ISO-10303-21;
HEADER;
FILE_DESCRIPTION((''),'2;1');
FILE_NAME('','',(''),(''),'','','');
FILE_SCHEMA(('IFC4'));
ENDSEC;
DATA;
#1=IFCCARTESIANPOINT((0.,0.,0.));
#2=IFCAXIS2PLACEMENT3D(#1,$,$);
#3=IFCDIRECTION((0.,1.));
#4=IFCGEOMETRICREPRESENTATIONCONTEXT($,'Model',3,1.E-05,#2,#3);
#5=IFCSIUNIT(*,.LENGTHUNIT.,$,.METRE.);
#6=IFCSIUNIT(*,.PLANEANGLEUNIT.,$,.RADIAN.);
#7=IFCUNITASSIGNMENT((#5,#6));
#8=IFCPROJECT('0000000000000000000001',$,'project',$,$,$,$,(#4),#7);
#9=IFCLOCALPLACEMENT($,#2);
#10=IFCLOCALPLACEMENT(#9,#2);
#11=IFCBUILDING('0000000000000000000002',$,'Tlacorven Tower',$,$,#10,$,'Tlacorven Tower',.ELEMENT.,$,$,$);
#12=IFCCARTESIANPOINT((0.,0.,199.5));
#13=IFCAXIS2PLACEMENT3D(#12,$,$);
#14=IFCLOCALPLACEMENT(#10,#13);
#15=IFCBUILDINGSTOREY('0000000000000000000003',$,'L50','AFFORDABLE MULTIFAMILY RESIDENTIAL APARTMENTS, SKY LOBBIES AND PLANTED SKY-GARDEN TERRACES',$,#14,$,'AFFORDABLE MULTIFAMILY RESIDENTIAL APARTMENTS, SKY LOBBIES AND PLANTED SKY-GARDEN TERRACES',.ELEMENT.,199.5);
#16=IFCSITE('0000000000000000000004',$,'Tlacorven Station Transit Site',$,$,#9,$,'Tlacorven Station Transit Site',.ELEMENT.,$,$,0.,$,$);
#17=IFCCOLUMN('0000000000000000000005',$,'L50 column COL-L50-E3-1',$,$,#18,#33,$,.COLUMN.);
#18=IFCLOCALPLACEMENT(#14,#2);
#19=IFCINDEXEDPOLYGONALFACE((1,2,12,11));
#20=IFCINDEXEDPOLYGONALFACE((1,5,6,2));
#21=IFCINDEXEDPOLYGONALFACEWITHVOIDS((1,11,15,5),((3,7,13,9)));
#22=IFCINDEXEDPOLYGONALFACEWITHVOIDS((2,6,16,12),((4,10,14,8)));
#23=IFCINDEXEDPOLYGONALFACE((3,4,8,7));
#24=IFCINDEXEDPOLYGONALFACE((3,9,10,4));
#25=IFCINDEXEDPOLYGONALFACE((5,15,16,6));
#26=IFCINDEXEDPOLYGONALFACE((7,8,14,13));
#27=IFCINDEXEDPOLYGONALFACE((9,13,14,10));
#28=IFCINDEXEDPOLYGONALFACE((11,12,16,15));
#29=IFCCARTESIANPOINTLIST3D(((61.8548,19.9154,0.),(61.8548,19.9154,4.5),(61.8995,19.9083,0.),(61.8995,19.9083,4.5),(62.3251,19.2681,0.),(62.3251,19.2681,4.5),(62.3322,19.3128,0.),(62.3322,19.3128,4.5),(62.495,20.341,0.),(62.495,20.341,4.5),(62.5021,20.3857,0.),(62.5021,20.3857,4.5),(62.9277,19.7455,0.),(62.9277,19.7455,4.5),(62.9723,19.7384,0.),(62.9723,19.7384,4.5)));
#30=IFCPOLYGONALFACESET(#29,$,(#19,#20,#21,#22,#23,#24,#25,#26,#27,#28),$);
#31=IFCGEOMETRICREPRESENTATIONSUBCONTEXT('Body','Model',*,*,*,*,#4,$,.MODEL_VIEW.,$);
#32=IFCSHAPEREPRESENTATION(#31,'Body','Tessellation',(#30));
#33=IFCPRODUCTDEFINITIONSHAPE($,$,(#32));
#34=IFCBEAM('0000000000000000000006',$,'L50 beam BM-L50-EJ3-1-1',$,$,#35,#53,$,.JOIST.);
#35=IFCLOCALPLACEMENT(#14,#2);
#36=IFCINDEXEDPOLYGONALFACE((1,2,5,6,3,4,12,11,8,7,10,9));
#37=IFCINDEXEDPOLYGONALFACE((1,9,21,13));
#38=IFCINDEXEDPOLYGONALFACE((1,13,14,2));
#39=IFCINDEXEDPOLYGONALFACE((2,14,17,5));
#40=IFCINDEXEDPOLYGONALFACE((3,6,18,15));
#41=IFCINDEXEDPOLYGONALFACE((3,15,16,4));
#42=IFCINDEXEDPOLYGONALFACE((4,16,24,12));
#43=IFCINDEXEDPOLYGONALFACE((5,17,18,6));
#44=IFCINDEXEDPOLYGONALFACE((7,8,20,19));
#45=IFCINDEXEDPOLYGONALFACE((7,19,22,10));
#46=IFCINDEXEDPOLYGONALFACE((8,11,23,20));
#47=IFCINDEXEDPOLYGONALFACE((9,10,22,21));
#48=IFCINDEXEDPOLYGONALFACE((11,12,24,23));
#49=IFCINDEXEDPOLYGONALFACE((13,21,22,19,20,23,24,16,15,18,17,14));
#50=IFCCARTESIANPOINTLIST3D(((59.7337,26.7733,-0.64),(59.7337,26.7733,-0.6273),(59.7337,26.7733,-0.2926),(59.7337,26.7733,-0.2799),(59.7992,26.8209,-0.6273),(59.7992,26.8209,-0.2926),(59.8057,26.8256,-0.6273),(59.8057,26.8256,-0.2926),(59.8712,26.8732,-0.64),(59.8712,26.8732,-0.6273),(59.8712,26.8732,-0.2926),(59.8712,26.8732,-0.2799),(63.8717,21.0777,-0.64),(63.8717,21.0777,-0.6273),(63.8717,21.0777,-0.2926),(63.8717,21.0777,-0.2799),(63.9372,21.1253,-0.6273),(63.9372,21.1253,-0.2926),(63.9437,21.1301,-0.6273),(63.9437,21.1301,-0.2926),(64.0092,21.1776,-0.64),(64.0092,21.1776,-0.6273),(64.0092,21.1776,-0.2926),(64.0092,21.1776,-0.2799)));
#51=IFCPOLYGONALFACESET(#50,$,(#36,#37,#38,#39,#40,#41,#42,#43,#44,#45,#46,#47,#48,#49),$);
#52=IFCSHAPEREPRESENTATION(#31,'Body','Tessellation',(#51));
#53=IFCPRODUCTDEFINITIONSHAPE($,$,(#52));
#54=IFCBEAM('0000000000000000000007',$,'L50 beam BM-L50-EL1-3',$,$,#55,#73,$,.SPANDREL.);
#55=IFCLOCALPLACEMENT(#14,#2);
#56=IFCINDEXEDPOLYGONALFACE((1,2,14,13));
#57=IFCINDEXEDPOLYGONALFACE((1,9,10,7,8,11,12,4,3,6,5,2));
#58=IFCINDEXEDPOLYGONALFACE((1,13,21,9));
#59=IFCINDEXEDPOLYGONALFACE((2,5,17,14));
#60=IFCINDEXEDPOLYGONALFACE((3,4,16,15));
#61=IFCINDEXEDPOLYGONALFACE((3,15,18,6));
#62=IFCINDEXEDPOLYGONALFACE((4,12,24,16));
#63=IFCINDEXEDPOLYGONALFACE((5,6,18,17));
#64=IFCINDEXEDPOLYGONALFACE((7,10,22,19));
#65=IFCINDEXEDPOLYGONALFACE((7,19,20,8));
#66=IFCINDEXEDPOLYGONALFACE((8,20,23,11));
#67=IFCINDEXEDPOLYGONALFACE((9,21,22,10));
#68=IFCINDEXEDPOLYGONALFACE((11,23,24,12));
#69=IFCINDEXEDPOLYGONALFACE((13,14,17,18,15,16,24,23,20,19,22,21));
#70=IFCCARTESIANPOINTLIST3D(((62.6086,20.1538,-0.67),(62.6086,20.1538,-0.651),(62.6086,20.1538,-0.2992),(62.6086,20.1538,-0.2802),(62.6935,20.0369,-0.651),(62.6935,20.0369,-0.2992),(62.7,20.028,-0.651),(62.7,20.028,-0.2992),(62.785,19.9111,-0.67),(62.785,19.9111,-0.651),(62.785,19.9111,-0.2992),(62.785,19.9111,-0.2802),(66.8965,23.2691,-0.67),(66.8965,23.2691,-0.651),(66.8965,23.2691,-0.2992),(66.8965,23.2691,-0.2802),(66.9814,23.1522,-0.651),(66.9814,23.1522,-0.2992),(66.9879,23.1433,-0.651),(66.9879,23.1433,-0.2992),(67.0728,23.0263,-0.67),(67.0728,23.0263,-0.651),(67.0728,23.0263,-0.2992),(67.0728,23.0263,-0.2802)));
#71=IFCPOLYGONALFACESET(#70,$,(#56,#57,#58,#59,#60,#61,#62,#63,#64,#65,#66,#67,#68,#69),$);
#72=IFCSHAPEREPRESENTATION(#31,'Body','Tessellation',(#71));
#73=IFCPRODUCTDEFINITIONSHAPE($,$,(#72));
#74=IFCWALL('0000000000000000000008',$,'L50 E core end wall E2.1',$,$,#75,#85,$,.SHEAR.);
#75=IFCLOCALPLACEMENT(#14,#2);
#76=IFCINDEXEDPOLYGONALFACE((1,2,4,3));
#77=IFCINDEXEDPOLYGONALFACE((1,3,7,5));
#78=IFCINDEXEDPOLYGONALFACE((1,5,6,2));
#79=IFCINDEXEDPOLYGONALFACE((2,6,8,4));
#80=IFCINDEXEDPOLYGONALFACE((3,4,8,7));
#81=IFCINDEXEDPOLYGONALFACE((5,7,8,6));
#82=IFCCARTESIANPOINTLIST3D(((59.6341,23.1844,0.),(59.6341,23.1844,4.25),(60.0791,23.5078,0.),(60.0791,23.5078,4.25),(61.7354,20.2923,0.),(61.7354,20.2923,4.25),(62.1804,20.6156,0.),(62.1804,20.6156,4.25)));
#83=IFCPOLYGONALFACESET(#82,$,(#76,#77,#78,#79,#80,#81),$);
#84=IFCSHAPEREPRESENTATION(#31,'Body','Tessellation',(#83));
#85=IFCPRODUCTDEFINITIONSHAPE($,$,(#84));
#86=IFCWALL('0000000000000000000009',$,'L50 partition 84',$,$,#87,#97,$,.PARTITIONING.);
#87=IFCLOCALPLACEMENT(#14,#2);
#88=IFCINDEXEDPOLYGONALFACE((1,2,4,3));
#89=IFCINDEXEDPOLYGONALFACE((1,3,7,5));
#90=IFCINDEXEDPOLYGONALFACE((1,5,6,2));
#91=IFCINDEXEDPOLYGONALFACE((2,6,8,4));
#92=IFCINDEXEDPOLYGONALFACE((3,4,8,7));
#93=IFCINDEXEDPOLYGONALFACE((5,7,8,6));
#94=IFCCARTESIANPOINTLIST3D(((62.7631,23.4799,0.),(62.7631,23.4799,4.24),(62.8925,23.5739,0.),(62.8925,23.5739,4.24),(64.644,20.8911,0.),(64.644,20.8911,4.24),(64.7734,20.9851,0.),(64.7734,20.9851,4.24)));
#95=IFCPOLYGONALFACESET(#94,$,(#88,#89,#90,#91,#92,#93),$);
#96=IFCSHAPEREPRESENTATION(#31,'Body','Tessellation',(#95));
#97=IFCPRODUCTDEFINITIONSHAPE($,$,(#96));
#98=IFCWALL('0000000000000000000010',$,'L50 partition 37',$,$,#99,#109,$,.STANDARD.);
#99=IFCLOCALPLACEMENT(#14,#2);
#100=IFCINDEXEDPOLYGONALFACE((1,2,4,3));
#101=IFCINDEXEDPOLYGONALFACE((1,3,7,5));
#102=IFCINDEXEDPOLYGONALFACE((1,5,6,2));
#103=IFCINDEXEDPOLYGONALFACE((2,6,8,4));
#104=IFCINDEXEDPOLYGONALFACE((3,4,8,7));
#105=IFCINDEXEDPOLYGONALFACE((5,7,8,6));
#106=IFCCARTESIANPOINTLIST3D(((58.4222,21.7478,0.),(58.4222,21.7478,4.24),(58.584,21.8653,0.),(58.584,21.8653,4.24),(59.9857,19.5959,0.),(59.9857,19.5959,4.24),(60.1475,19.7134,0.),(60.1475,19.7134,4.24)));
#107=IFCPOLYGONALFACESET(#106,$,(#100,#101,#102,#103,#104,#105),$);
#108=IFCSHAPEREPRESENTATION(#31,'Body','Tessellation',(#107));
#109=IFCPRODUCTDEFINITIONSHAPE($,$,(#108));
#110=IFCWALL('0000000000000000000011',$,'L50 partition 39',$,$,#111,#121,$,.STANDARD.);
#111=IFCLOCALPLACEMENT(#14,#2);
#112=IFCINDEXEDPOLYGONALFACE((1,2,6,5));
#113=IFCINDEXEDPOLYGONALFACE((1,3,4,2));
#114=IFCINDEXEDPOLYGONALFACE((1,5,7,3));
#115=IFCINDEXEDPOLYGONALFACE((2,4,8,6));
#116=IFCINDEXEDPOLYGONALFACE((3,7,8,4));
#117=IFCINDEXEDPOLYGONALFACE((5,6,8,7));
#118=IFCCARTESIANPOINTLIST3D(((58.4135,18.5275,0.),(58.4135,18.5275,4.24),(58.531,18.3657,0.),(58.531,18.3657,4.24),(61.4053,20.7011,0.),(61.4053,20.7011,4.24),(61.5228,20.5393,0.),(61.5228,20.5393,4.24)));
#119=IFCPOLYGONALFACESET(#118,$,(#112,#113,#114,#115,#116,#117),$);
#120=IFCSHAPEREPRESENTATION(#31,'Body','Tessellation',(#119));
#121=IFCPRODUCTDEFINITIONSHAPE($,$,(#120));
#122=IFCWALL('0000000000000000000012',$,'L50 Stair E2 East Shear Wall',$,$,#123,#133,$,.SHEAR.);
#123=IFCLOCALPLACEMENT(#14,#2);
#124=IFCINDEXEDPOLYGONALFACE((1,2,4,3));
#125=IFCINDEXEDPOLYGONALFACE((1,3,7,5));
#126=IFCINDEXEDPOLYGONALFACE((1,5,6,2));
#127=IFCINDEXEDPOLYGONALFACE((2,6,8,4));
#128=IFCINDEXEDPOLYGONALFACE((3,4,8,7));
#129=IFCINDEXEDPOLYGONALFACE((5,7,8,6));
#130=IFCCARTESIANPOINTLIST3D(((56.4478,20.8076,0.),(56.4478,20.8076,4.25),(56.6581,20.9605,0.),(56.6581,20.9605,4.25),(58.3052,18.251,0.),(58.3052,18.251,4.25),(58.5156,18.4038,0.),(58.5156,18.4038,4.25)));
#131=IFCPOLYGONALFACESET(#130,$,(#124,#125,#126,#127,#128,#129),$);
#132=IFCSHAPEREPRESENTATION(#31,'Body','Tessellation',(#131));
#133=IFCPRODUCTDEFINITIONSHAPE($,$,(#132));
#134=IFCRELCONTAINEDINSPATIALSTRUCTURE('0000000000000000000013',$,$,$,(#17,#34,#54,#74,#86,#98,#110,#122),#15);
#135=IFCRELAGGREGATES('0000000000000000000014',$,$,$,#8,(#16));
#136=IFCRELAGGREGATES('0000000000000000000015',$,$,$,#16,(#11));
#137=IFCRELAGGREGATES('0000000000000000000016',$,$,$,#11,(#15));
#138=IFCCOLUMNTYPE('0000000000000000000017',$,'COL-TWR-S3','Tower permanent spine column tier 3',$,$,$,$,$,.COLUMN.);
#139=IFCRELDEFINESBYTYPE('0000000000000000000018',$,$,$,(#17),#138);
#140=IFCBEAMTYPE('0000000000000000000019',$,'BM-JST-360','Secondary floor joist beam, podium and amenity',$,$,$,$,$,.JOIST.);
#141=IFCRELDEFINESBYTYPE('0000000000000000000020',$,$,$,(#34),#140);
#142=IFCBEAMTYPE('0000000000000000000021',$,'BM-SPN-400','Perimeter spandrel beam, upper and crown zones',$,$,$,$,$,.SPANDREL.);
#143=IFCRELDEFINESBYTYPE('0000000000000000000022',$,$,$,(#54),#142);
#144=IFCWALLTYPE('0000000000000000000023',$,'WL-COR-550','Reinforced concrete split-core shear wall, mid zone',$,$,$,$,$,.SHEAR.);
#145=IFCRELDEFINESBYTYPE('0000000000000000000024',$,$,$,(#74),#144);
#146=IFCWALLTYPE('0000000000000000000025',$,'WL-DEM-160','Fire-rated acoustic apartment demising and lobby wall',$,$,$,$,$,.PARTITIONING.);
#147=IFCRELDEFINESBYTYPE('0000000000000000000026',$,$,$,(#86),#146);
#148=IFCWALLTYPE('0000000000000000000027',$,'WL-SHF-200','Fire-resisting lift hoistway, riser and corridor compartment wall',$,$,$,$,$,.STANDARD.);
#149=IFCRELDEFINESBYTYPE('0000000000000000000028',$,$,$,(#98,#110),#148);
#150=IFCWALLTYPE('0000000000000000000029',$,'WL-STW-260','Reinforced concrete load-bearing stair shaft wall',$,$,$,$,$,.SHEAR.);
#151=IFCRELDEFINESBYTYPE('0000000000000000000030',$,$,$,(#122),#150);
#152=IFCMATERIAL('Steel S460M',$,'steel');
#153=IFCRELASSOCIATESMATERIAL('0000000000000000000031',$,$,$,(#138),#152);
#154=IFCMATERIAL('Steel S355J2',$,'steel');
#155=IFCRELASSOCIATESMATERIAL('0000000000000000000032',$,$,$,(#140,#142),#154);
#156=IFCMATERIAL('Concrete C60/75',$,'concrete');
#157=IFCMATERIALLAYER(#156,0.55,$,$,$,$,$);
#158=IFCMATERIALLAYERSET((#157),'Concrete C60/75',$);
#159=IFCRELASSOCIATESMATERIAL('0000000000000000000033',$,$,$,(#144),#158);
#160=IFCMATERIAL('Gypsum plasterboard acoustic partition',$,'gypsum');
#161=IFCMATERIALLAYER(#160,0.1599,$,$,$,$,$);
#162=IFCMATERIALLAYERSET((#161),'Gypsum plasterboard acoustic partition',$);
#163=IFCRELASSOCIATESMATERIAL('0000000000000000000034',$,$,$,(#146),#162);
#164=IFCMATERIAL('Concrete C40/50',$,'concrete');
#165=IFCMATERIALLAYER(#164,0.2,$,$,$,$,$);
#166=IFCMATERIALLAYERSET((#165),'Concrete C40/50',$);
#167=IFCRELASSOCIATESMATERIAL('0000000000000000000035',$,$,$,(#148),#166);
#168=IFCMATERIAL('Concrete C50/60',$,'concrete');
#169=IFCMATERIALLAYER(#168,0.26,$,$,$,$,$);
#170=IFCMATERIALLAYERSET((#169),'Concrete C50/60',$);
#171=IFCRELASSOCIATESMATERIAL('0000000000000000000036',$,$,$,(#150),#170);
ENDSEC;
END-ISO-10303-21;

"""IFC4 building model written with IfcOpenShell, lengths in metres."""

from ifc_helpers import new_model, si_unit, direction, frame, frame_2d, origin, origin_2d, place, context, subcontext, project, spatial, rectangle, hollow_rectangle, i_section, extrude, source, transform, mapped, material, layer, layer_set, material_profile, profile_set, type_object, element, save


model = new_model("IFC4")

# Units and contexts
model_context = context("Model", 3, precision=1e-05, world=origin(), true_north=direction((0.0, 1.0)))
body_context = subcontext(model_context, "Body", "Model", "MODEL_VIEW")
ifc_project = project(units=[si_unit("LENGTHUNIT", "METRE"), si_unit("PLANEANGLEUNIT", "RADIAN")], contexts=[model_context])

# Site, building, storey
site_placement = place(None, origin())
site = spatial("IfcSite", under=ifc_project, at=site_placement, Name="Tlacorven Station Transit Site", LongName="Tlacorven Station Transit Site", CompositionType="ELEMENT", RefElevation=0.0)
building_placement = place(site_placement, origin())
building = spatial("IfcBuilding", under=site, at=building_placement, Name="Tlacorven Tower", LongName="Tlacorven Tower", CompositionType="ELEMENT")
storey_placement = place(building_placement, frame((0.0, 0.0, 199.5)))
storey = spatial("IfcBuildingStorey", under=building, at=storey_placement, Name="L50", Description="AFFORDABLE MULTIFAMILY RESIDENTIAL APARTMENTS, SKY LOBBIES AND PLANTED SKY-GARDEN TERRACES", LongName="AFFORDABLE MULTIFAMILY RESIDENTIAL APARTMENTS, SKY LOBBIES AND PLANTED SKY-GARDEN TERRACES", CompositionType="ELEMENT", Elevation=199.5)

# Column
ifc_material_1 = material(Name="Steel S460M", Category="steel")
ifc_material_profile_1 = material_profile(ifc_material_1, hollow_rectangle(XDim=0.8, YDim=0.8, WallThickness=0.032, at=origin_2d()), Name="BOX 800X800X32")
ifc_profile_set_1 = profile_set([ifc_material_profile_1], Name="Steel S460M")
column_type = type_object("IfcColumnType", Name="COL-TWR-S3", Description="Tower permanent spine column tier 3", PredefinedType="COLUMN", material=ifc_profile_set_1)
shared_shape_1 = source(origin(), body_context, "Body", "SweptSolid", [
    extrude(hollow_rectangle(XDim=0.8, YDim=0.8, WallThickness=0.032, at=origin_2d()), origin(), (0.0, 0.0, 1.0), 4.5),
])
column_placement = place(storey_placement, frame((62.4136, 19.8269, 0.0), z_axis=(0.0, 0.0, 1.0), x_axis=(0.809017, 0.587785, 0.0)))
element("IfcColumn", 1, at=column_placement, inside=storey, type_object=column_type, Name="L50 column COL-L50-E3-1", PredefinedType="COLUMN", context=body_context, shape_type="MappedRepresentation", body=[
    mapped(shared_shape_1, transform((0.0, 0.0, 0.0), scale=1.0)),
])

# Beams
ifc_material_2 = material(Name="Steel S355J2", Category="steel")
ifc_material_profile_2 = material_profile(ifc_material_2, i_section(OverallWidth=0.1699, OverallDepth=0.3601, WebThickness=0.0081, FlangeThickness=0.0127, at=origin_2d()), Name="IPE 360")
ifc_profile_set_2 = profile_set([ifc_material_profile_2], Name="Steel S355J2")
beam_type_1 = type_object("IfcBeamType", Name="BM-JST-360", Description="Secondary floor joist beam, podium and amenity", PredefinedType="JOIST", material=ifc_profile_set_2)
shared_shape_2 = source(origin(), body_context, "Body", "SweptSolid", [
    extrude(i_section(OverallWidth=0.1699, OverallDepth=0.3601, WebThickness=0.0081, FlangeThickness=0.0127, at=origin_2d()), origin(), (0.0, 0.0, 1.0), 7.04),
])
beam_1_placement = place(storey_placement, frame((63.9404, 21.1277, -0.46), z_axis=(-0.587774, 0.809025, 0.0), x_axis=(-0.809025, -0.587774, 0.0)))
element("IfcBeam", 2, at=beam_1_placement, inside=storey, type_object=beam_type_1, Name="L50 beam BM-L50-EJ3-1-1", PredefinedType="JOIST", context=body_context, shape_type="MappedRepresentation", body=[
    mapped(shared_shape_2, transform((0.0, 0.0, 0.0), scale=1.0)),
])
ifc_material_profile_3 = material_profile(ifc_material_2, i_section(OverallWidth=0.3, OverallDepth=0.3899, WebThickness=0.011, FlangeThickness=0.019, at=origin_2d()), Name="HEA 400")
ifc_profile_set_3 = profile_set([ifc_material_profile_3], Name="Steel S355J2")
beam_type_2 = type_object("IfcBeamType", Name="BM-SPN-400", Description="Perimeter spandrel beam, upper and crown zones", PredefinedType="SPANDREL", material=ifc_profile_set_3)
shared_shape_3 = source(origin(), body_context, "Body", "SweptSolid", [
    extrude(i_section(OverallWidth=0.3, OverallDepth=0.3899, WebThickness=0.011, FlangeThickness=0.019, at=origin_2d()), origin(), (0.0, 0.0, 1.0), 5.3),
])
beam_2_placement = place(storey_placement, frame((62.6968, 20.0325, -0.4751), z_axis=(0.809023, 0.587777, 0.0), x_axis=(-0.587777, 0.809023, 0.0)))
element("IfcBeam", 3, at=beam_2_placement, inside=storey, type_object=beam_type_2, Name="L50 beam BM-L50-EL1-3", PredefinedType="SPANDREL", context=body_context, shape_type="MappedRepresentation", body=[
    mapped(shared_shape_3, transform((0.0, 0.0, 0.0), scale=1.0)),
])

# Walls
ifc_material_3 = material(Name="Concrete C60/75", Category="concrete")
ifc_layer_1 = layer(ifc_material_3, 0.55)
ifc_layer_set_1 = layer_set([ifc_layer_1], Name="Concrete C60/75")
wall_type_1 = type_object("IfcWallType", Name="WL-COR-550", Description="Reinforced concrete split-core shear wall, mid zone", PredefinedType="SHEAR", material=ifc_layer_set_1)
wall_1_placement = place(storey_placement, frame((61.958, 20.4539, 0.0), z_axis=(0.0, 0.0, 1.0), x_axis=(-0.587802, 0.809005, 0.0)))
element("IfcWall", 4, at=wall_1_placement, inside=storey, type_object=wall_type_1, Name="L50 E core end wall E2.1", PredefinedType="SHEAR", context=body_context, shape_type="SweptSolid", body=[
    extrude(rectangle(XDim=3.575, YDim=0.55, at=frame_2d((1.7876, 0.0))), origin(), (0.0, 0.0, 1.0), 4.25),
])
ifc_material_4 = material(Name="Gypsum plasterboard acoustic partition", Category="gypsum")
ifc_layer_2 = layer(ifc_material_4, 0.1599)
ifc_layer_set_2 = layer_set([ifc_layer_2], Name="Gypsum plasterboard acoustic partition")
wall_type_2 = type_object("IfcWallType", Name="WL-DEM-160", Description="Fire-rated acoustic apartment demising and lobby wall", PredefinedType="PARTITIONING", material=ifc_layer_set_2)
wall_2_placement = place(storey_placement, frame((64.7087, 20.938, 0.0), z_axis=(0.0, 0.0, 1.0), x_axis=(-0.587772, 0.809026, 0.0)))
element("IfcWall", 5, at=wall_2_placement, inside=storey, type_object=wall_type_2, Name="L50 partition 84", PredefinedType="PARTITIONING", context=body_context, shape_type="SweptSolid", body=[
    extrude(rectangle(XDim=3.2, YDim=0.1599, at=frame_2d((1.6001, 0.0))), origin(), (0.0, 0.0, 1.0), 4.24),
])

# Shared definitions
ifc_material_5 = material(Name="Concrete C40/50", Category="concrete")
ifc_layer_3 = layer(ifc_material_5, 0.2)
ifc_layer_set_3 = layer_set([ifc_layer_3], Name="Concrete C40/50")
wall_type_3 = type_object("IfcWallType", Name="WL-SHF-200", Description="Fire-resisting lift hoistway, riser and corridor compartment wall", PredefinedType="STANDARD", material=ifc_layer_set_3)

# Walls
wall_3_placement = place(storey_placement, frame((60.0667, 19.6545, 0.0), z_axis=(0.0, 0.0, 1.0), x_axis=(-0.587801, 0.809006, 0.0)))
element("IfcWall", 6, at=wall_3_placement, inside=storey, type_object=wall_type_3, Name="L50 partition 37", PredefinedType="STANDARD", context=body_context, shape_type="SweptSolid", body=[
    extrude(rectangle(XDim=2.6599, YDim=0.2, at=frame_2d((1.3301, 0.0))), origin(), (0.0, 0.0, 1.0), 4.24),
])
wall_4_placement = place(storey_placement, frame((58.4722, 18.4465, 0.0), z_axis=(0.0, 0.0, 1.0), x_axis=(0.809019, 0.587783, 0.0)))
element("IfcWall", 7, at=wall_4_placement, inside=storey, type_object=wall_type_3, Name="L50 partition 39", PredefinedType="STANDARD", context=body_context, shape_type="SweptSolid", body=[
    extrude(rectangle(XDim=3.698, YDim=0.2, at=frame_2d((1.8491, 0.0))), origin(), (0.0, 0.0, 1.0), 4.24),
])
ifc_material_6 = material(Name="Concrete C50/60", Category="concrete")
ifc_layer_4 = layer(ifc_material_6, 0.26)
ifc_layer_set_4 = layer_set([ifc_layer_4], Name="Concrete C50/60")
wall_type_4 = type_object("IfcWallType", Name="WL-STW-260", Description="Reinforced concrete load-bearing stair shaft wall", PredefinedType="SHEAR", material=ifc_layer_set_4)
wall_5_placement = place(storey_placement, frame((58.4104, 18.3274, 0.0), z_axis=(0.0, 0.0, 1.0), x_axis=(-0.587767, 0.80903, 0.0)))
element("IfcWall", 8, at=wall_5_placement, inside=storey, type_object=wall_type_4, Name="L50 Stair E2 East Shear Wall", PredefinedType="SHEAR", context=body_context, shape_type="SweptSolid", body=[
    extrude(rectangle(XDim=3.1602, YDim=0.26, at=frame_2d((1.5801, 0.0))), origin(), (0.0, 0.0, 1.0), 4.25),
])

save(model, "model.ifc")
